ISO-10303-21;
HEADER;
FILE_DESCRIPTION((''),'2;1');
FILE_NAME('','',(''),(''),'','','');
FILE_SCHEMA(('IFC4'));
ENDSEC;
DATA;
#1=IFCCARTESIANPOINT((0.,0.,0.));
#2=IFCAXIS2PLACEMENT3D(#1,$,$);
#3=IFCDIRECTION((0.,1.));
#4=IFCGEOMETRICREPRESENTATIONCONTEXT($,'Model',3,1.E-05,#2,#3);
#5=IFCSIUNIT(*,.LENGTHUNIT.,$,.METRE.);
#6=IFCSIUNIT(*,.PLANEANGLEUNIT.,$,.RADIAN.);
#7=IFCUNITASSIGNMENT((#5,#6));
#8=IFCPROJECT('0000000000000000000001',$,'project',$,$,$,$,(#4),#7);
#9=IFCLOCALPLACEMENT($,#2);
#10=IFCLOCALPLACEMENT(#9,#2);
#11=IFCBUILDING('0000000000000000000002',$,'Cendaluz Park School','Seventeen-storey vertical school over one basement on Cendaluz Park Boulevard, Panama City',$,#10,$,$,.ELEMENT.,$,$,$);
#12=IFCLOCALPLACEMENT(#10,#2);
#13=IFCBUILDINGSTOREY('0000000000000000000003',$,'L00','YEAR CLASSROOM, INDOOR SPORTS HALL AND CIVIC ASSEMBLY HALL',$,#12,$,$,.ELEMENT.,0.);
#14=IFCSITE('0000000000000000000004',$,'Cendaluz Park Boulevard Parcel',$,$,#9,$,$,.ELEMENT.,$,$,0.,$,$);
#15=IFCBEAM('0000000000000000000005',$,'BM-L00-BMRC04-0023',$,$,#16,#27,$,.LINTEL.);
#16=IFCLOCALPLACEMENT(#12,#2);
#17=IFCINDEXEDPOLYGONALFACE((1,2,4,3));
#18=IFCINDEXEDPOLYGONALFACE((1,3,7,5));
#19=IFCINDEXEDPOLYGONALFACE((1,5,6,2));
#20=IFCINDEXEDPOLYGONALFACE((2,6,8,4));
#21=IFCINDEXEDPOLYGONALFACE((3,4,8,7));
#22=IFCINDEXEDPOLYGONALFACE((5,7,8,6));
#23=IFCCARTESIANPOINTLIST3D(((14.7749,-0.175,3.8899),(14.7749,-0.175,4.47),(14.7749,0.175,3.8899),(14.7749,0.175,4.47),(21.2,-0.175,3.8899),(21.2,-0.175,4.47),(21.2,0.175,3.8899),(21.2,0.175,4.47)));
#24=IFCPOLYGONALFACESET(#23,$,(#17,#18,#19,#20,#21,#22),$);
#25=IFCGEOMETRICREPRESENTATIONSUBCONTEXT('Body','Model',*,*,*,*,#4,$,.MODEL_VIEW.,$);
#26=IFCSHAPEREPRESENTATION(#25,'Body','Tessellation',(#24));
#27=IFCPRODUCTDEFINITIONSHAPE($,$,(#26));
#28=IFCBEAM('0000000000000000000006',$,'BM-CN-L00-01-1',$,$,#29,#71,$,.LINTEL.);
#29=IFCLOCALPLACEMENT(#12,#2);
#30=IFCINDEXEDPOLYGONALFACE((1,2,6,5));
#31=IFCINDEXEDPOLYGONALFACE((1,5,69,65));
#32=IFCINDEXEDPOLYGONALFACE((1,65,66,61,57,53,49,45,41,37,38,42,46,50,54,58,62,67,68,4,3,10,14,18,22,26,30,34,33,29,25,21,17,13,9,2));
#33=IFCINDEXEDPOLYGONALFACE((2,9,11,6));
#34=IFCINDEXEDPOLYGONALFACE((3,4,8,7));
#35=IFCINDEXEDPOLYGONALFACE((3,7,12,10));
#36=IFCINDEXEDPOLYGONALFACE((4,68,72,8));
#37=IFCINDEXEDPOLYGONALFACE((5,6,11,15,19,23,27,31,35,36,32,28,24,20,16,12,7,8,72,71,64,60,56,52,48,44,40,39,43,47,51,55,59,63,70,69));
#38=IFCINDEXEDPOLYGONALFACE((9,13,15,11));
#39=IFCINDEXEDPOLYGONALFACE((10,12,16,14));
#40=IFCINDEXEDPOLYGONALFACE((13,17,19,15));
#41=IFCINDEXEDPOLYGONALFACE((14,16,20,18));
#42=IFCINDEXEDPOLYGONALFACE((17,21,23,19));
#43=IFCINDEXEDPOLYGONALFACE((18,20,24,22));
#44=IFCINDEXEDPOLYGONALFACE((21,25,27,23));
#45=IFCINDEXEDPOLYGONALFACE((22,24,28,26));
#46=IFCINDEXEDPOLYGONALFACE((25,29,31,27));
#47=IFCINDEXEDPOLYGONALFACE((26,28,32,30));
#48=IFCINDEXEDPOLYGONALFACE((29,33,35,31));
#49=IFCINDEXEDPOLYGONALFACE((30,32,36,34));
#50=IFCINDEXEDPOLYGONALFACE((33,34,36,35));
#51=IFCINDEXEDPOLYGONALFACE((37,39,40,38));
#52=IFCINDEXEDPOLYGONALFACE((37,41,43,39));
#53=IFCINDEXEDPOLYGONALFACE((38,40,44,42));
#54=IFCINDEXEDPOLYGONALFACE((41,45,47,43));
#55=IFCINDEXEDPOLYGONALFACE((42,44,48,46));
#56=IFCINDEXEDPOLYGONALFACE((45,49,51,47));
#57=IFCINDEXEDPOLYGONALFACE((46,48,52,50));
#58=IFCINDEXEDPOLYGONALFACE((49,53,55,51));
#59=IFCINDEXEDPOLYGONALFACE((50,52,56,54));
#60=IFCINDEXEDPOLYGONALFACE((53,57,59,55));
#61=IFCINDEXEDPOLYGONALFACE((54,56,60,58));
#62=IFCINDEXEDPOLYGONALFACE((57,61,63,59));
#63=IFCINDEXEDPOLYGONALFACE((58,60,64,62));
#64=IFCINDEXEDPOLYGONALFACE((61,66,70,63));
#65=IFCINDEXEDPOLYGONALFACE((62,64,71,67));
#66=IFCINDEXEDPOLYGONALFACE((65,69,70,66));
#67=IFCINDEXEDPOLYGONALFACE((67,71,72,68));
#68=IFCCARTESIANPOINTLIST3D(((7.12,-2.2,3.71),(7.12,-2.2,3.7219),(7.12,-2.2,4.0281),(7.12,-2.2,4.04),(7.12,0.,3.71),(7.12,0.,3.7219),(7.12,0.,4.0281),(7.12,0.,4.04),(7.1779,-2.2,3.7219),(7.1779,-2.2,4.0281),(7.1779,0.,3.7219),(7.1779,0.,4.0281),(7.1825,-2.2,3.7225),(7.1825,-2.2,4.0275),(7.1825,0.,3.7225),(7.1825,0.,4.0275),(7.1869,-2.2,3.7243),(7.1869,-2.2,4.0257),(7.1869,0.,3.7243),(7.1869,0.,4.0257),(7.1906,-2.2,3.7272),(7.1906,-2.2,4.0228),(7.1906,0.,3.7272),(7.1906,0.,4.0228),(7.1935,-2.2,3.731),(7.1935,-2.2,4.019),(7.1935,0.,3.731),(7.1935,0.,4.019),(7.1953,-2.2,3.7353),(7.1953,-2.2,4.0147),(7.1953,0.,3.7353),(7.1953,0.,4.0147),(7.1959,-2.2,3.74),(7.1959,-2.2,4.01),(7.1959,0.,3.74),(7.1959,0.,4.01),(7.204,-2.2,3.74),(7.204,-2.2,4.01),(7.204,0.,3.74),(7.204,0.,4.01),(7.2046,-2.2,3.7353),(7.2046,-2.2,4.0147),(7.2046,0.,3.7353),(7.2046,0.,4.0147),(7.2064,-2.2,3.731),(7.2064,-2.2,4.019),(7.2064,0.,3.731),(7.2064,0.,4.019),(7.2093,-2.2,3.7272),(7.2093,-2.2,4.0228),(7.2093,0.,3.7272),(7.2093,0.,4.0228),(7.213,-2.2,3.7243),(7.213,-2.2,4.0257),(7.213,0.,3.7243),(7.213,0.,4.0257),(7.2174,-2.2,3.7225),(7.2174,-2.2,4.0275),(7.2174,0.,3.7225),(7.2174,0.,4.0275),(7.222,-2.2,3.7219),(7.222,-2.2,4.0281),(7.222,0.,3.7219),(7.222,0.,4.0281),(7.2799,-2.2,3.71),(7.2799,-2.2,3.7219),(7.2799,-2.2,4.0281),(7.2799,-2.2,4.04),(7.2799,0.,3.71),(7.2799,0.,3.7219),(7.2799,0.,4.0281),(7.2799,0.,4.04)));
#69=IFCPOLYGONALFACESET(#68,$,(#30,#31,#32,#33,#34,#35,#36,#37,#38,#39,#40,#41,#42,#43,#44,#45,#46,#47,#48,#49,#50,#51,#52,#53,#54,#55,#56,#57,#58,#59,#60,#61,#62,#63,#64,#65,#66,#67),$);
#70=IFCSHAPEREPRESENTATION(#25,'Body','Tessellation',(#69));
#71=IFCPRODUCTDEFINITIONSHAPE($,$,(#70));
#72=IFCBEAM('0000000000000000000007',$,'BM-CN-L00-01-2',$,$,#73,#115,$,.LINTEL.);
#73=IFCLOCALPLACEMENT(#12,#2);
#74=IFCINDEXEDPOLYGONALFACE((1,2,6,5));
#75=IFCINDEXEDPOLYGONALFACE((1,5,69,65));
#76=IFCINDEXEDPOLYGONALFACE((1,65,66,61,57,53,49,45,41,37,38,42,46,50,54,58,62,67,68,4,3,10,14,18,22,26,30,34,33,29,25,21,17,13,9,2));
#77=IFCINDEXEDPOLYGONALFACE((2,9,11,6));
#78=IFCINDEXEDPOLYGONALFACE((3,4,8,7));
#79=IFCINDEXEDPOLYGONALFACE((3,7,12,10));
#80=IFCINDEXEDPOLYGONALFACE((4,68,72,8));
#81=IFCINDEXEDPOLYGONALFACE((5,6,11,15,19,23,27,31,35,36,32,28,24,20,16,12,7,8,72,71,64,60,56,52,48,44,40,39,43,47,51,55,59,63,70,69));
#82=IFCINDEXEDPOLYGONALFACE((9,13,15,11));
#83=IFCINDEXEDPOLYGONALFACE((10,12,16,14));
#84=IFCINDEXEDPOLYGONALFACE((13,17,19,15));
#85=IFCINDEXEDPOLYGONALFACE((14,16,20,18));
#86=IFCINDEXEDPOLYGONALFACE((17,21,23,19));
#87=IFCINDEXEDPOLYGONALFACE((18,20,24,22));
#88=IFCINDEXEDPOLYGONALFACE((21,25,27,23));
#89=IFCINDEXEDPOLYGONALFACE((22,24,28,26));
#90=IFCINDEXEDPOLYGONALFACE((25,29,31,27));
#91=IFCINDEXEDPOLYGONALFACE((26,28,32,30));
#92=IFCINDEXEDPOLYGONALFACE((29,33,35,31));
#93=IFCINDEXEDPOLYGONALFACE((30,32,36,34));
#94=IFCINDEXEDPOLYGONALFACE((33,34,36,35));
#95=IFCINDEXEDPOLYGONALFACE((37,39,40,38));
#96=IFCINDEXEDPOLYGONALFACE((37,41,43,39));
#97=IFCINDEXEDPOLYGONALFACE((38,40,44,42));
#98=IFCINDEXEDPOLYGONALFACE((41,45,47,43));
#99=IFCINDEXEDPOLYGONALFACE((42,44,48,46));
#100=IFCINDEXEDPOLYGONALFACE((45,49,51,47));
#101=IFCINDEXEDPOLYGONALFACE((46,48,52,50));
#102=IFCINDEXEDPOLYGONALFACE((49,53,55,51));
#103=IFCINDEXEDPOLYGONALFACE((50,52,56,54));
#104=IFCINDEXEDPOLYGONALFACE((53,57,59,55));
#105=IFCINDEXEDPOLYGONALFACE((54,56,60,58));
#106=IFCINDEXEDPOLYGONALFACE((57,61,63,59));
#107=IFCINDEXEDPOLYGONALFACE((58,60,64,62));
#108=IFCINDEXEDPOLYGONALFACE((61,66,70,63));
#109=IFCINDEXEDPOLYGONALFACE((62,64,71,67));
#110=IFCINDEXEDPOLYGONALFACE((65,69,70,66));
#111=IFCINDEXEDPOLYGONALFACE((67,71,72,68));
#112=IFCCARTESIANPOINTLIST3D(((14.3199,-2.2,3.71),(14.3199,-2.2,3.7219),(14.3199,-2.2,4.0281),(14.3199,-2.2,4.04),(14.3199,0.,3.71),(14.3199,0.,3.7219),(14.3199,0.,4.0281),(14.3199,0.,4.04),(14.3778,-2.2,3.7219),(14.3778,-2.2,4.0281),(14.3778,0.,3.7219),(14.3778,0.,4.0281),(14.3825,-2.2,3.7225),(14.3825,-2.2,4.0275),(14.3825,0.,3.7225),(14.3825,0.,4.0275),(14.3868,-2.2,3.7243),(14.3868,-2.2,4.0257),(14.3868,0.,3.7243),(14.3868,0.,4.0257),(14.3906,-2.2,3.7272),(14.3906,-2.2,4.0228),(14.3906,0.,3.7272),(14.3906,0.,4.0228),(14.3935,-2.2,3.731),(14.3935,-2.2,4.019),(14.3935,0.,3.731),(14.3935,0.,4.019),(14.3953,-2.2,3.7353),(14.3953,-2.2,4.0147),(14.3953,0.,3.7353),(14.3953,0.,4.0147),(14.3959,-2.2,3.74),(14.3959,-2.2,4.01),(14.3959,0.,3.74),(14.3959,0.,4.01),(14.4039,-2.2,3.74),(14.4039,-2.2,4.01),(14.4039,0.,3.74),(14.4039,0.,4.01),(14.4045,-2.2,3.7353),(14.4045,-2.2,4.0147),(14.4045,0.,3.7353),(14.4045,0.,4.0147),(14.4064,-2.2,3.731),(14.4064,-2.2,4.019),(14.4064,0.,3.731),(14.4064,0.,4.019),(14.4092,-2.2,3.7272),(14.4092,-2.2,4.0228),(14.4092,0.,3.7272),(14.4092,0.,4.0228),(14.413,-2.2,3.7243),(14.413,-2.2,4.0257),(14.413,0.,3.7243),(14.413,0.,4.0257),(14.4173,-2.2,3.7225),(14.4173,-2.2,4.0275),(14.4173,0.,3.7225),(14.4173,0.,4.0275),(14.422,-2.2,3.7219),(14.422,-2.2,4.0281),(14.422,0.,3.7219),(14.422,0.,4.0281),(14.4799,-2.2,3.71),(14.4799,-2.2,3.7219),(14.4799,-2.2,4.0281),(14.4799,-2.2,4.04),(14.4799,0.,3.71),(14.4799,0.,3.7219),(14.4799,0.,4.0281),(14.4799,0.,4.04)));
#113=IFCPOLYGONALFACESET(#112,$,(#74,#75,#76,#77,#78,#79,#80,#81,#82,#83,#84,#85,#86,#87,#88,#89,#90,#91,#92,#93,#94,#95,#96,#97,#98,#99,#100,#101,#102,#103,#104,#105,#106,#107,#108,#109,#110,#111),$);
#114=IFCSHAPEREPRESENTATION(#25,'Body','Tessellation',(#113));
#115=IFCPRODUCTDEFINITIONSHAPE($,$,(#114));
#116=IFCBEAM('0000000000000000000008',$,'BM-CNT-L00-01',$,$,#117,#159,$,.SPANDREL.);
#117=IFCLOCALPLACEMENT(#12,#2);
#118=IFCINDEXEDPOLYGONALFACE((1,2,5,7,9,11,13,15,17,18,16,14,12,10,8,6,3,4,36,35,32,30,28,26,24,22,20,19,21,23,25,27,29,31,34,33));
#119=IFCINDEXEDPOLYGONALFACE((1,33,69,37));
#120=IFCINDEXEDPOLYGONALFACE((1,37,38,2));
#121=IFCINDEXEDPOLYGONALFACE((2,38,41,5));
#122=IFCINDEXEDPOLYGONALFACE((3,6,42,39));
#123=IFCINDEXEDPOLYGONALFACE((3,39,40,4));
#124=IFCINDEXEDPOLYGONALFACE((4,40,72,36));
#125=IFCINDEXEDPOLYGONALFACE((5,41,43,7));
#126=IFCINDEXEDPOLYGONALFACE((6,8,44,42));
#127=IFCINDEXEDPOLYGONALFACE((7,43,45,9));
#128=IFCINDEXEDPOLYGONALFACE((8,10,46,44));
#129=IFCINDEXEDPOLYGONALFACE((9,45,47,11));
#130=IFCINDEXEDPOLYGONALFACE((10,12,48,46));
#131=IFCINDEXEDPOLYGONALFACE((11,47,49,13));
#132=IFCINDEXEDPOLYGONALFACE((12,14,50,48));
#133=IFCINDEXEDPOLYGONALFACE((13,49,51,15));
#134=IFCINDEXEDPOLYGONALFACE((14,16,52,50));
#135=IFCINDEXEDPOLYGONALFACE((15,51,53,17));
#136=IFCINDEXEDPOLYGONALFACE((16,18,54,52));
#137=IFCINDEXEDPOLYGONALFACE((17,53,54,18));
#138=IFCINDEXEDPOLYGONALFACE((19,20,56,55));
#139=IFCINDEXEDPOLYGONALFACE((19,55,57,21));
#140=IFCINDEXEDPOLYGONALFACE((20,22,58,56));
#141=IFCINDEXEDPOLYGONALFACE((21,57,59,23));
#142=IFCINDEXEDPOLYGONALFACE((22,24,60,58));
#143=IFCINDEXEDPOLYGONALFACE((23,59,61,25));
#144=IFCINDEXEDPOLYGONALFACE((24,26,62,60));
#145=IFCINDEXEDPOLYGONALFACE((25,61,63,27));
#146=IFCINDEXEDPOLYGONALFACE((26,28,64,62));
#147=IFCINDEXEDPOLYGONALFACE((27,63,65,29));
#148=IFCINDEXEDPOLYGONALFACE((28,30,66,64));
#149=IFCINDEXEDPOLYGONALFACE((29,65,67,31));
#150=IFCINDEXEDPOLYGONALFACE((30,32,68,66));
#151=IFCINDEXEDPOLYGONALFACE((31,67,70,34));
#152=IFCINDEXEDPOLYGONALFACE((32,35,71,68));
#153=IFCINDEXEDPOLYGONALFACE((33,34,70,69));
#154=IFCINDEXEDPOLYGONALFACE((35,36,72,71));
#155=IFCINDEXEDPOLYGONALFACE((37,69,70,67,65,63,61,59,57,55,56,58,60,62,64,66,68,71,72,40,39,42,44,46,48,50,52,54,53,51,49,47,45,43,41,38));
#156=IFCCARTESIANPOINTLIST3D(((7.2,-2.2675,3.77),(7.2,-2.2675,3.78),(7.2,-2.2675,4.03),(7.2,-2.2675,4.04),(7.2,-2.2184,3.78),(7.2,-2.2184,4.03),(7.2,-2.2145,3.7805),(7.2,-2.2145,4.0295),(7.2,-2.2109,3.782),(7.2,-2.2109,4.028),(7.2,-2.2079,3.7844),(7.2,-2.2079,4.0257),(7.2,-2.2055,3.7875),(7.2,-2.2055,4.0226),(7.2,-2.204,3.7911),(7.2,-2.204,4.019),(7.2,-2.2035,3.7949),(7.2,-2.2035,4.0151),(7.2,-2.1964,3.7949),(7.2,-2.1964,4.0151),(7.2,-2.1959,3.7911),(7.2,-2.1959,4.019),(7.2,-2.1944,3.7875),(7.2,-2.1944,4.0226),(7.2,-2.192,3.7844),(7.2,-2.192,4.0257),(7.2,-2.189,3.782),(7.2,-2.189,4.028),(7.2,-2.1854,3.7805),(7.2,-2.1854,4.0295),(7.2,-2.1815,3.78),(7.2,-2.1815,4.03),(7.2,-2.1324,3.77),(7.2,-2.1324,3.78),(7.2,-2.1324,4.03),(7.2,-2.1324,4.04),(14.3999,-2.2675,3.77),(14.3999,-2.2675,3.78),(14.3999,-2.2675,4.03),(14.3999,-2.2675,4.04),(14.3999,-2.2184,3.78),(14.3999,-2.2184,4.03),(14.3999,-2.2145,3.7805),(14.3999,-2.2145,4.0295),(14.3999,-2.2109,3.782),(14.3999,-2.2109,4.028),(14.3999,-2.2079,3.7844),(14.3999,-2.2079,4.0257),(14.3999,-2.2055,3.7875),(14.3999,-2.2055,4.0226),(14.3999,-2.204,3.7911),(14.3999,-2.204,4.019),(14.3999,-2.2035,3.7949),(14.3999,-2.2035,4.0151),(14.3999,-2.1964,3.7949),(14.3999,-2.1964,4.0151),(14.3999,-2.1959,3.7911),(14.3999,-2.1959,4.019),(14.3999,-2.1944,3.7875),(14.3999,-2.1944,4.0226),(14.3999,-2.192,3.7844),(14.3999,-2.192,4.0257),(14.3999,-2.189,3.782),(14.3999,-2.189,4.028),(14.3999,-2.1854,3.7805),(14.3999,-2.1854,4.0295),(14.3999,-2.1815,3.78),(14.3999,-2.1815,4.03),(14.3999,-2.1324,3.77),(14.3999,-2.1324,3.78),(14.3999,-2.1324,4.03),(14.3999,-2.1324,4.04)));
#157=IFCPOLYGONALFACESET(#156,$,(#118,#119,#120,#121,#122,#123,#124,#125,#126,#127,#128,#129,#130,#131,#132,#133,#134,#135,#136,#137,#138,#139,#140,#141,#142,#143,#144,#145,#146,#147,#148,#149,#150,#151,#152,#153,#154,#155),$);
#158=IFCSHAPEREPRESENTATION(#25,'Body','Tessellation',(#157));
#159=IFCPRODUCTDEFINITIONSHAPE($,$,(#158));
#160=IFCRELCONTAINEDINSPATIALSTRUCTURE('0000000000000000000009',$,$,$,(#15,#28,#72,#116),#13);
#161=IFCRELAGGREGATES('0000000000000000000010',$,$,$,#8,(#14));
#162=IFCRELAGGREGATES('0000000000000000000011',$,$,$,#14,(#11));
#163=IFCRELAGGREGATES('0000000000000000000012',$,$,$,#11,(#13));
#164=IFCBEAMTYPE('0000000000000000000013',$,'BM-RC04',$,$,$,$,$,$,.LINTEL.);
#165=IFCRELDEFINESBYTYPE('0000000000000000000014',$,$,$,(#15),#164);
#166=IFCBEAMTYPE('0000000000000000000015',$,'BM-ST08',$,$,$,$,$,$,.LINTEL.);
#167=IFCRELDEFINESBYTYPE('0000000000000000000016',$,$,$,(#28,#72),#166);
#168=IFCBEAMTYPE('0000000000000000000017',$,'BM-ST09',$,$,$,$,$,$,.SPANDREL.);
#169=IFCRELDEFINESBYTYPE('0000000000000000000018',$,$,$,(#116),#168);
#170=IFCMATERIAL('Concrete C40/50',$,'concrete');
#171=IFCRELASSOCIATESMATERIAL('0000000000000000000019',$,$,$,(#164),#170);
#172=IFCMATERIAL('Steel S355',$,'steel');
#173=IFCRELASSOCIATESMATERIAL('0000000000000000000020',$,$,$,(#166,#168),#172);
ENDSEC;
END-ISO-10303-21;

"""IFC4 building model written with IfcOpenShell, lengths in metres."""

from ifc_helpers import new_model, si_unit, direction, frame, origin, origin_2d, place, context, subcontext, project, spatial, rectangle, i_section, extrude, material, material_profile, profile_set, type_object, element, save


model = new_model("IFC4")

# Units and contexts
model_context = context("Model", 3, precision=1e-05, world=origin(), true_north=direction((0.0, 1.0)))
body_context = subcontext(model_context, "Body", "Model", "MODEL_VIEW")
ifc_project = project(units=[si_unit("LENGTHUNIT", "METRE"), si_unit("PLANEANGLEUNIT", "RADIAN")], contexts=[model_context])

# Site, building, storey
site_placement = place(None, origin())
site = spatial("IfcSite", under=ifc_project, at=site_placement, Name="Cendaluz Park Boulevard Parcel", CompositionType="ELEMENT", RefElevation=0.0)
building_placement = place(site_placement, origin())
building = spatial("IfcBuilding", under=site, at=building_placement, Name="Cendaluz Park School", Description="Seventeen-storey vertical school over one basement on Cendaluz Park Boulevard, Panama City", CompositionType="ELEMENT")
storey_placement = place(building_placement, origin())
storey = spatial("IfcBuildingStorey", under=building, at=storey_placement, Name="L00", Description="YEAR CLASSROOM, INDOOR SPORTS HALL AND CIVIC ASSEMBLY HALL", CompositionType="ELEMENT", Elevation=0.0)

# Shared definitions
ifc_material_1 = material(Name="Concrete C40/50", Category="concrete")

# Beams
ifc_material_profile_1 = material_profile(ifc_material_1, rectangle(XDim=0.3501, YDim=0.5801, at=origin_2d()), Name="RC 350x580", Category="concrete")
ifc_profile_set_1 = profile_set([ifc_material_profile_1], Name="Concrete C40/50")
beam_type_1 = type_object("IfcBeamType", Name="BM-RC04", PredefinedType="LINTEL", material=ifc_profile_set_1)
beam_1_placement = place(storey_placement, frame((14.7749, 0.0, 4.1799), z_axis=(1.0, 0.0, 0.0), x_axis=(0.0, 1.0, 0.0)))
element("IfcBeam", 1, at=beam_1_placement, inside=storey, type_object=beam_type_1, Name="BM-L00-BMRC04-0023", PredefinedType="LINTEL", context=body_context, shape_type="SweptSolid", body=[
    extrude(rectangle(XDim=0.3501, YDim=0.5801, at=origin_2d()), origin(), (0.0, 0.0, 1.0), 6.425),
])
ifc_material_2 = material(Name="Steel S355", Category="steel")
ifc_material_profile_2 = material_profile(ifc_material_2, i_section(OverallWidth=0.1599, OverallDepth=0.3301, WebThickness=0.0081, FlangeThickness=0.012, FilletRadius=0.0181, at=origin_2d()), Name="IPE 330", Category="steel")
ifc_profile_set_2 = profile_set([ifc_material_profile_2], Name="Steel S355")
beam_type_2 = type_object("IfcBeamType", Name="BM-ST08", PredefinedType="LINTEL", material=ifc_profile_set_2)
for number, where, z_axis, x_axis, name in (
    (2, (7.2, 0.0, 3.875), (0.0, -1.0, 0.0), (1.0, 0.0, 0.0), "BM-CN-L00-01-1"),
    (3, (14.3999, 0.0, 3.875), (0.0, -1.0, 0.0), (1.0, 0.0, 0.0), "BM-CN-L00-01-2"),
):
    element("IfcBeam", number, at=place(storey_placement, frame(where, z_axis=z_axis, x_axis=x_axis)), inside=storey, type_object=beam_type_2, Name=name, PredefinedType="LINTEL", context=body_context, shape_type="SweptSolid", body=[
        extrude(i_section(OverallWidth=0.1599, OverallDepth=0.3301, WebThickness=0.0081, FlangeThickness=0.012, FilletRadius=0.0181, at=origin_2d()), origin(), (0.0, 0.0, 1.0), 2.2),
    ])
ifc_material_profile_3 = material_profile(ifc_material_2, i_section(OverallWidth=0.135, OverallDepth=0.27, WebThickness=0.0071, FlangeThickness=0.01, FilletRadius=0.0149, at=origin_2d()), Name="IPE 270", Category="steel")
ifc_profile_set_3 = profile_set([ifc_material_profile_3], Name="Steel S355")
beam_type_3 = type_object("IfcBeamType", Name="BM-ST09", PredefinedType="SPANDREL", material=ifc_profile_set_3)
for number, where, z_axis, x_axis, name in (
    (4, (7.2, -2.2, 3.905), (1.0, 0.0, 0.0), (0.0, 1.0, 0.0), "BM-CNT-L00-01"),
):
    element("IfcBeam", number, at=place(storey_placement, frame(where, z_axis=z_axis, x_axis=x_axis)), inside=storey, type_object=beam_type_3, Name=name, PredefinedType="SPANDREL", context=body_context, shape_type="SweptSolid", body=[
        extrude(i_section(OverallWidth=0.135, OverallDepth=0.27, WebThickness=0.0071, FlangeThickness=0.01, FilletRadius=0.0149, at=origin_2d()), origin(), (0.0, 0.0, 1.0), 7.2),
    ])

save(model, "model.ifc")
